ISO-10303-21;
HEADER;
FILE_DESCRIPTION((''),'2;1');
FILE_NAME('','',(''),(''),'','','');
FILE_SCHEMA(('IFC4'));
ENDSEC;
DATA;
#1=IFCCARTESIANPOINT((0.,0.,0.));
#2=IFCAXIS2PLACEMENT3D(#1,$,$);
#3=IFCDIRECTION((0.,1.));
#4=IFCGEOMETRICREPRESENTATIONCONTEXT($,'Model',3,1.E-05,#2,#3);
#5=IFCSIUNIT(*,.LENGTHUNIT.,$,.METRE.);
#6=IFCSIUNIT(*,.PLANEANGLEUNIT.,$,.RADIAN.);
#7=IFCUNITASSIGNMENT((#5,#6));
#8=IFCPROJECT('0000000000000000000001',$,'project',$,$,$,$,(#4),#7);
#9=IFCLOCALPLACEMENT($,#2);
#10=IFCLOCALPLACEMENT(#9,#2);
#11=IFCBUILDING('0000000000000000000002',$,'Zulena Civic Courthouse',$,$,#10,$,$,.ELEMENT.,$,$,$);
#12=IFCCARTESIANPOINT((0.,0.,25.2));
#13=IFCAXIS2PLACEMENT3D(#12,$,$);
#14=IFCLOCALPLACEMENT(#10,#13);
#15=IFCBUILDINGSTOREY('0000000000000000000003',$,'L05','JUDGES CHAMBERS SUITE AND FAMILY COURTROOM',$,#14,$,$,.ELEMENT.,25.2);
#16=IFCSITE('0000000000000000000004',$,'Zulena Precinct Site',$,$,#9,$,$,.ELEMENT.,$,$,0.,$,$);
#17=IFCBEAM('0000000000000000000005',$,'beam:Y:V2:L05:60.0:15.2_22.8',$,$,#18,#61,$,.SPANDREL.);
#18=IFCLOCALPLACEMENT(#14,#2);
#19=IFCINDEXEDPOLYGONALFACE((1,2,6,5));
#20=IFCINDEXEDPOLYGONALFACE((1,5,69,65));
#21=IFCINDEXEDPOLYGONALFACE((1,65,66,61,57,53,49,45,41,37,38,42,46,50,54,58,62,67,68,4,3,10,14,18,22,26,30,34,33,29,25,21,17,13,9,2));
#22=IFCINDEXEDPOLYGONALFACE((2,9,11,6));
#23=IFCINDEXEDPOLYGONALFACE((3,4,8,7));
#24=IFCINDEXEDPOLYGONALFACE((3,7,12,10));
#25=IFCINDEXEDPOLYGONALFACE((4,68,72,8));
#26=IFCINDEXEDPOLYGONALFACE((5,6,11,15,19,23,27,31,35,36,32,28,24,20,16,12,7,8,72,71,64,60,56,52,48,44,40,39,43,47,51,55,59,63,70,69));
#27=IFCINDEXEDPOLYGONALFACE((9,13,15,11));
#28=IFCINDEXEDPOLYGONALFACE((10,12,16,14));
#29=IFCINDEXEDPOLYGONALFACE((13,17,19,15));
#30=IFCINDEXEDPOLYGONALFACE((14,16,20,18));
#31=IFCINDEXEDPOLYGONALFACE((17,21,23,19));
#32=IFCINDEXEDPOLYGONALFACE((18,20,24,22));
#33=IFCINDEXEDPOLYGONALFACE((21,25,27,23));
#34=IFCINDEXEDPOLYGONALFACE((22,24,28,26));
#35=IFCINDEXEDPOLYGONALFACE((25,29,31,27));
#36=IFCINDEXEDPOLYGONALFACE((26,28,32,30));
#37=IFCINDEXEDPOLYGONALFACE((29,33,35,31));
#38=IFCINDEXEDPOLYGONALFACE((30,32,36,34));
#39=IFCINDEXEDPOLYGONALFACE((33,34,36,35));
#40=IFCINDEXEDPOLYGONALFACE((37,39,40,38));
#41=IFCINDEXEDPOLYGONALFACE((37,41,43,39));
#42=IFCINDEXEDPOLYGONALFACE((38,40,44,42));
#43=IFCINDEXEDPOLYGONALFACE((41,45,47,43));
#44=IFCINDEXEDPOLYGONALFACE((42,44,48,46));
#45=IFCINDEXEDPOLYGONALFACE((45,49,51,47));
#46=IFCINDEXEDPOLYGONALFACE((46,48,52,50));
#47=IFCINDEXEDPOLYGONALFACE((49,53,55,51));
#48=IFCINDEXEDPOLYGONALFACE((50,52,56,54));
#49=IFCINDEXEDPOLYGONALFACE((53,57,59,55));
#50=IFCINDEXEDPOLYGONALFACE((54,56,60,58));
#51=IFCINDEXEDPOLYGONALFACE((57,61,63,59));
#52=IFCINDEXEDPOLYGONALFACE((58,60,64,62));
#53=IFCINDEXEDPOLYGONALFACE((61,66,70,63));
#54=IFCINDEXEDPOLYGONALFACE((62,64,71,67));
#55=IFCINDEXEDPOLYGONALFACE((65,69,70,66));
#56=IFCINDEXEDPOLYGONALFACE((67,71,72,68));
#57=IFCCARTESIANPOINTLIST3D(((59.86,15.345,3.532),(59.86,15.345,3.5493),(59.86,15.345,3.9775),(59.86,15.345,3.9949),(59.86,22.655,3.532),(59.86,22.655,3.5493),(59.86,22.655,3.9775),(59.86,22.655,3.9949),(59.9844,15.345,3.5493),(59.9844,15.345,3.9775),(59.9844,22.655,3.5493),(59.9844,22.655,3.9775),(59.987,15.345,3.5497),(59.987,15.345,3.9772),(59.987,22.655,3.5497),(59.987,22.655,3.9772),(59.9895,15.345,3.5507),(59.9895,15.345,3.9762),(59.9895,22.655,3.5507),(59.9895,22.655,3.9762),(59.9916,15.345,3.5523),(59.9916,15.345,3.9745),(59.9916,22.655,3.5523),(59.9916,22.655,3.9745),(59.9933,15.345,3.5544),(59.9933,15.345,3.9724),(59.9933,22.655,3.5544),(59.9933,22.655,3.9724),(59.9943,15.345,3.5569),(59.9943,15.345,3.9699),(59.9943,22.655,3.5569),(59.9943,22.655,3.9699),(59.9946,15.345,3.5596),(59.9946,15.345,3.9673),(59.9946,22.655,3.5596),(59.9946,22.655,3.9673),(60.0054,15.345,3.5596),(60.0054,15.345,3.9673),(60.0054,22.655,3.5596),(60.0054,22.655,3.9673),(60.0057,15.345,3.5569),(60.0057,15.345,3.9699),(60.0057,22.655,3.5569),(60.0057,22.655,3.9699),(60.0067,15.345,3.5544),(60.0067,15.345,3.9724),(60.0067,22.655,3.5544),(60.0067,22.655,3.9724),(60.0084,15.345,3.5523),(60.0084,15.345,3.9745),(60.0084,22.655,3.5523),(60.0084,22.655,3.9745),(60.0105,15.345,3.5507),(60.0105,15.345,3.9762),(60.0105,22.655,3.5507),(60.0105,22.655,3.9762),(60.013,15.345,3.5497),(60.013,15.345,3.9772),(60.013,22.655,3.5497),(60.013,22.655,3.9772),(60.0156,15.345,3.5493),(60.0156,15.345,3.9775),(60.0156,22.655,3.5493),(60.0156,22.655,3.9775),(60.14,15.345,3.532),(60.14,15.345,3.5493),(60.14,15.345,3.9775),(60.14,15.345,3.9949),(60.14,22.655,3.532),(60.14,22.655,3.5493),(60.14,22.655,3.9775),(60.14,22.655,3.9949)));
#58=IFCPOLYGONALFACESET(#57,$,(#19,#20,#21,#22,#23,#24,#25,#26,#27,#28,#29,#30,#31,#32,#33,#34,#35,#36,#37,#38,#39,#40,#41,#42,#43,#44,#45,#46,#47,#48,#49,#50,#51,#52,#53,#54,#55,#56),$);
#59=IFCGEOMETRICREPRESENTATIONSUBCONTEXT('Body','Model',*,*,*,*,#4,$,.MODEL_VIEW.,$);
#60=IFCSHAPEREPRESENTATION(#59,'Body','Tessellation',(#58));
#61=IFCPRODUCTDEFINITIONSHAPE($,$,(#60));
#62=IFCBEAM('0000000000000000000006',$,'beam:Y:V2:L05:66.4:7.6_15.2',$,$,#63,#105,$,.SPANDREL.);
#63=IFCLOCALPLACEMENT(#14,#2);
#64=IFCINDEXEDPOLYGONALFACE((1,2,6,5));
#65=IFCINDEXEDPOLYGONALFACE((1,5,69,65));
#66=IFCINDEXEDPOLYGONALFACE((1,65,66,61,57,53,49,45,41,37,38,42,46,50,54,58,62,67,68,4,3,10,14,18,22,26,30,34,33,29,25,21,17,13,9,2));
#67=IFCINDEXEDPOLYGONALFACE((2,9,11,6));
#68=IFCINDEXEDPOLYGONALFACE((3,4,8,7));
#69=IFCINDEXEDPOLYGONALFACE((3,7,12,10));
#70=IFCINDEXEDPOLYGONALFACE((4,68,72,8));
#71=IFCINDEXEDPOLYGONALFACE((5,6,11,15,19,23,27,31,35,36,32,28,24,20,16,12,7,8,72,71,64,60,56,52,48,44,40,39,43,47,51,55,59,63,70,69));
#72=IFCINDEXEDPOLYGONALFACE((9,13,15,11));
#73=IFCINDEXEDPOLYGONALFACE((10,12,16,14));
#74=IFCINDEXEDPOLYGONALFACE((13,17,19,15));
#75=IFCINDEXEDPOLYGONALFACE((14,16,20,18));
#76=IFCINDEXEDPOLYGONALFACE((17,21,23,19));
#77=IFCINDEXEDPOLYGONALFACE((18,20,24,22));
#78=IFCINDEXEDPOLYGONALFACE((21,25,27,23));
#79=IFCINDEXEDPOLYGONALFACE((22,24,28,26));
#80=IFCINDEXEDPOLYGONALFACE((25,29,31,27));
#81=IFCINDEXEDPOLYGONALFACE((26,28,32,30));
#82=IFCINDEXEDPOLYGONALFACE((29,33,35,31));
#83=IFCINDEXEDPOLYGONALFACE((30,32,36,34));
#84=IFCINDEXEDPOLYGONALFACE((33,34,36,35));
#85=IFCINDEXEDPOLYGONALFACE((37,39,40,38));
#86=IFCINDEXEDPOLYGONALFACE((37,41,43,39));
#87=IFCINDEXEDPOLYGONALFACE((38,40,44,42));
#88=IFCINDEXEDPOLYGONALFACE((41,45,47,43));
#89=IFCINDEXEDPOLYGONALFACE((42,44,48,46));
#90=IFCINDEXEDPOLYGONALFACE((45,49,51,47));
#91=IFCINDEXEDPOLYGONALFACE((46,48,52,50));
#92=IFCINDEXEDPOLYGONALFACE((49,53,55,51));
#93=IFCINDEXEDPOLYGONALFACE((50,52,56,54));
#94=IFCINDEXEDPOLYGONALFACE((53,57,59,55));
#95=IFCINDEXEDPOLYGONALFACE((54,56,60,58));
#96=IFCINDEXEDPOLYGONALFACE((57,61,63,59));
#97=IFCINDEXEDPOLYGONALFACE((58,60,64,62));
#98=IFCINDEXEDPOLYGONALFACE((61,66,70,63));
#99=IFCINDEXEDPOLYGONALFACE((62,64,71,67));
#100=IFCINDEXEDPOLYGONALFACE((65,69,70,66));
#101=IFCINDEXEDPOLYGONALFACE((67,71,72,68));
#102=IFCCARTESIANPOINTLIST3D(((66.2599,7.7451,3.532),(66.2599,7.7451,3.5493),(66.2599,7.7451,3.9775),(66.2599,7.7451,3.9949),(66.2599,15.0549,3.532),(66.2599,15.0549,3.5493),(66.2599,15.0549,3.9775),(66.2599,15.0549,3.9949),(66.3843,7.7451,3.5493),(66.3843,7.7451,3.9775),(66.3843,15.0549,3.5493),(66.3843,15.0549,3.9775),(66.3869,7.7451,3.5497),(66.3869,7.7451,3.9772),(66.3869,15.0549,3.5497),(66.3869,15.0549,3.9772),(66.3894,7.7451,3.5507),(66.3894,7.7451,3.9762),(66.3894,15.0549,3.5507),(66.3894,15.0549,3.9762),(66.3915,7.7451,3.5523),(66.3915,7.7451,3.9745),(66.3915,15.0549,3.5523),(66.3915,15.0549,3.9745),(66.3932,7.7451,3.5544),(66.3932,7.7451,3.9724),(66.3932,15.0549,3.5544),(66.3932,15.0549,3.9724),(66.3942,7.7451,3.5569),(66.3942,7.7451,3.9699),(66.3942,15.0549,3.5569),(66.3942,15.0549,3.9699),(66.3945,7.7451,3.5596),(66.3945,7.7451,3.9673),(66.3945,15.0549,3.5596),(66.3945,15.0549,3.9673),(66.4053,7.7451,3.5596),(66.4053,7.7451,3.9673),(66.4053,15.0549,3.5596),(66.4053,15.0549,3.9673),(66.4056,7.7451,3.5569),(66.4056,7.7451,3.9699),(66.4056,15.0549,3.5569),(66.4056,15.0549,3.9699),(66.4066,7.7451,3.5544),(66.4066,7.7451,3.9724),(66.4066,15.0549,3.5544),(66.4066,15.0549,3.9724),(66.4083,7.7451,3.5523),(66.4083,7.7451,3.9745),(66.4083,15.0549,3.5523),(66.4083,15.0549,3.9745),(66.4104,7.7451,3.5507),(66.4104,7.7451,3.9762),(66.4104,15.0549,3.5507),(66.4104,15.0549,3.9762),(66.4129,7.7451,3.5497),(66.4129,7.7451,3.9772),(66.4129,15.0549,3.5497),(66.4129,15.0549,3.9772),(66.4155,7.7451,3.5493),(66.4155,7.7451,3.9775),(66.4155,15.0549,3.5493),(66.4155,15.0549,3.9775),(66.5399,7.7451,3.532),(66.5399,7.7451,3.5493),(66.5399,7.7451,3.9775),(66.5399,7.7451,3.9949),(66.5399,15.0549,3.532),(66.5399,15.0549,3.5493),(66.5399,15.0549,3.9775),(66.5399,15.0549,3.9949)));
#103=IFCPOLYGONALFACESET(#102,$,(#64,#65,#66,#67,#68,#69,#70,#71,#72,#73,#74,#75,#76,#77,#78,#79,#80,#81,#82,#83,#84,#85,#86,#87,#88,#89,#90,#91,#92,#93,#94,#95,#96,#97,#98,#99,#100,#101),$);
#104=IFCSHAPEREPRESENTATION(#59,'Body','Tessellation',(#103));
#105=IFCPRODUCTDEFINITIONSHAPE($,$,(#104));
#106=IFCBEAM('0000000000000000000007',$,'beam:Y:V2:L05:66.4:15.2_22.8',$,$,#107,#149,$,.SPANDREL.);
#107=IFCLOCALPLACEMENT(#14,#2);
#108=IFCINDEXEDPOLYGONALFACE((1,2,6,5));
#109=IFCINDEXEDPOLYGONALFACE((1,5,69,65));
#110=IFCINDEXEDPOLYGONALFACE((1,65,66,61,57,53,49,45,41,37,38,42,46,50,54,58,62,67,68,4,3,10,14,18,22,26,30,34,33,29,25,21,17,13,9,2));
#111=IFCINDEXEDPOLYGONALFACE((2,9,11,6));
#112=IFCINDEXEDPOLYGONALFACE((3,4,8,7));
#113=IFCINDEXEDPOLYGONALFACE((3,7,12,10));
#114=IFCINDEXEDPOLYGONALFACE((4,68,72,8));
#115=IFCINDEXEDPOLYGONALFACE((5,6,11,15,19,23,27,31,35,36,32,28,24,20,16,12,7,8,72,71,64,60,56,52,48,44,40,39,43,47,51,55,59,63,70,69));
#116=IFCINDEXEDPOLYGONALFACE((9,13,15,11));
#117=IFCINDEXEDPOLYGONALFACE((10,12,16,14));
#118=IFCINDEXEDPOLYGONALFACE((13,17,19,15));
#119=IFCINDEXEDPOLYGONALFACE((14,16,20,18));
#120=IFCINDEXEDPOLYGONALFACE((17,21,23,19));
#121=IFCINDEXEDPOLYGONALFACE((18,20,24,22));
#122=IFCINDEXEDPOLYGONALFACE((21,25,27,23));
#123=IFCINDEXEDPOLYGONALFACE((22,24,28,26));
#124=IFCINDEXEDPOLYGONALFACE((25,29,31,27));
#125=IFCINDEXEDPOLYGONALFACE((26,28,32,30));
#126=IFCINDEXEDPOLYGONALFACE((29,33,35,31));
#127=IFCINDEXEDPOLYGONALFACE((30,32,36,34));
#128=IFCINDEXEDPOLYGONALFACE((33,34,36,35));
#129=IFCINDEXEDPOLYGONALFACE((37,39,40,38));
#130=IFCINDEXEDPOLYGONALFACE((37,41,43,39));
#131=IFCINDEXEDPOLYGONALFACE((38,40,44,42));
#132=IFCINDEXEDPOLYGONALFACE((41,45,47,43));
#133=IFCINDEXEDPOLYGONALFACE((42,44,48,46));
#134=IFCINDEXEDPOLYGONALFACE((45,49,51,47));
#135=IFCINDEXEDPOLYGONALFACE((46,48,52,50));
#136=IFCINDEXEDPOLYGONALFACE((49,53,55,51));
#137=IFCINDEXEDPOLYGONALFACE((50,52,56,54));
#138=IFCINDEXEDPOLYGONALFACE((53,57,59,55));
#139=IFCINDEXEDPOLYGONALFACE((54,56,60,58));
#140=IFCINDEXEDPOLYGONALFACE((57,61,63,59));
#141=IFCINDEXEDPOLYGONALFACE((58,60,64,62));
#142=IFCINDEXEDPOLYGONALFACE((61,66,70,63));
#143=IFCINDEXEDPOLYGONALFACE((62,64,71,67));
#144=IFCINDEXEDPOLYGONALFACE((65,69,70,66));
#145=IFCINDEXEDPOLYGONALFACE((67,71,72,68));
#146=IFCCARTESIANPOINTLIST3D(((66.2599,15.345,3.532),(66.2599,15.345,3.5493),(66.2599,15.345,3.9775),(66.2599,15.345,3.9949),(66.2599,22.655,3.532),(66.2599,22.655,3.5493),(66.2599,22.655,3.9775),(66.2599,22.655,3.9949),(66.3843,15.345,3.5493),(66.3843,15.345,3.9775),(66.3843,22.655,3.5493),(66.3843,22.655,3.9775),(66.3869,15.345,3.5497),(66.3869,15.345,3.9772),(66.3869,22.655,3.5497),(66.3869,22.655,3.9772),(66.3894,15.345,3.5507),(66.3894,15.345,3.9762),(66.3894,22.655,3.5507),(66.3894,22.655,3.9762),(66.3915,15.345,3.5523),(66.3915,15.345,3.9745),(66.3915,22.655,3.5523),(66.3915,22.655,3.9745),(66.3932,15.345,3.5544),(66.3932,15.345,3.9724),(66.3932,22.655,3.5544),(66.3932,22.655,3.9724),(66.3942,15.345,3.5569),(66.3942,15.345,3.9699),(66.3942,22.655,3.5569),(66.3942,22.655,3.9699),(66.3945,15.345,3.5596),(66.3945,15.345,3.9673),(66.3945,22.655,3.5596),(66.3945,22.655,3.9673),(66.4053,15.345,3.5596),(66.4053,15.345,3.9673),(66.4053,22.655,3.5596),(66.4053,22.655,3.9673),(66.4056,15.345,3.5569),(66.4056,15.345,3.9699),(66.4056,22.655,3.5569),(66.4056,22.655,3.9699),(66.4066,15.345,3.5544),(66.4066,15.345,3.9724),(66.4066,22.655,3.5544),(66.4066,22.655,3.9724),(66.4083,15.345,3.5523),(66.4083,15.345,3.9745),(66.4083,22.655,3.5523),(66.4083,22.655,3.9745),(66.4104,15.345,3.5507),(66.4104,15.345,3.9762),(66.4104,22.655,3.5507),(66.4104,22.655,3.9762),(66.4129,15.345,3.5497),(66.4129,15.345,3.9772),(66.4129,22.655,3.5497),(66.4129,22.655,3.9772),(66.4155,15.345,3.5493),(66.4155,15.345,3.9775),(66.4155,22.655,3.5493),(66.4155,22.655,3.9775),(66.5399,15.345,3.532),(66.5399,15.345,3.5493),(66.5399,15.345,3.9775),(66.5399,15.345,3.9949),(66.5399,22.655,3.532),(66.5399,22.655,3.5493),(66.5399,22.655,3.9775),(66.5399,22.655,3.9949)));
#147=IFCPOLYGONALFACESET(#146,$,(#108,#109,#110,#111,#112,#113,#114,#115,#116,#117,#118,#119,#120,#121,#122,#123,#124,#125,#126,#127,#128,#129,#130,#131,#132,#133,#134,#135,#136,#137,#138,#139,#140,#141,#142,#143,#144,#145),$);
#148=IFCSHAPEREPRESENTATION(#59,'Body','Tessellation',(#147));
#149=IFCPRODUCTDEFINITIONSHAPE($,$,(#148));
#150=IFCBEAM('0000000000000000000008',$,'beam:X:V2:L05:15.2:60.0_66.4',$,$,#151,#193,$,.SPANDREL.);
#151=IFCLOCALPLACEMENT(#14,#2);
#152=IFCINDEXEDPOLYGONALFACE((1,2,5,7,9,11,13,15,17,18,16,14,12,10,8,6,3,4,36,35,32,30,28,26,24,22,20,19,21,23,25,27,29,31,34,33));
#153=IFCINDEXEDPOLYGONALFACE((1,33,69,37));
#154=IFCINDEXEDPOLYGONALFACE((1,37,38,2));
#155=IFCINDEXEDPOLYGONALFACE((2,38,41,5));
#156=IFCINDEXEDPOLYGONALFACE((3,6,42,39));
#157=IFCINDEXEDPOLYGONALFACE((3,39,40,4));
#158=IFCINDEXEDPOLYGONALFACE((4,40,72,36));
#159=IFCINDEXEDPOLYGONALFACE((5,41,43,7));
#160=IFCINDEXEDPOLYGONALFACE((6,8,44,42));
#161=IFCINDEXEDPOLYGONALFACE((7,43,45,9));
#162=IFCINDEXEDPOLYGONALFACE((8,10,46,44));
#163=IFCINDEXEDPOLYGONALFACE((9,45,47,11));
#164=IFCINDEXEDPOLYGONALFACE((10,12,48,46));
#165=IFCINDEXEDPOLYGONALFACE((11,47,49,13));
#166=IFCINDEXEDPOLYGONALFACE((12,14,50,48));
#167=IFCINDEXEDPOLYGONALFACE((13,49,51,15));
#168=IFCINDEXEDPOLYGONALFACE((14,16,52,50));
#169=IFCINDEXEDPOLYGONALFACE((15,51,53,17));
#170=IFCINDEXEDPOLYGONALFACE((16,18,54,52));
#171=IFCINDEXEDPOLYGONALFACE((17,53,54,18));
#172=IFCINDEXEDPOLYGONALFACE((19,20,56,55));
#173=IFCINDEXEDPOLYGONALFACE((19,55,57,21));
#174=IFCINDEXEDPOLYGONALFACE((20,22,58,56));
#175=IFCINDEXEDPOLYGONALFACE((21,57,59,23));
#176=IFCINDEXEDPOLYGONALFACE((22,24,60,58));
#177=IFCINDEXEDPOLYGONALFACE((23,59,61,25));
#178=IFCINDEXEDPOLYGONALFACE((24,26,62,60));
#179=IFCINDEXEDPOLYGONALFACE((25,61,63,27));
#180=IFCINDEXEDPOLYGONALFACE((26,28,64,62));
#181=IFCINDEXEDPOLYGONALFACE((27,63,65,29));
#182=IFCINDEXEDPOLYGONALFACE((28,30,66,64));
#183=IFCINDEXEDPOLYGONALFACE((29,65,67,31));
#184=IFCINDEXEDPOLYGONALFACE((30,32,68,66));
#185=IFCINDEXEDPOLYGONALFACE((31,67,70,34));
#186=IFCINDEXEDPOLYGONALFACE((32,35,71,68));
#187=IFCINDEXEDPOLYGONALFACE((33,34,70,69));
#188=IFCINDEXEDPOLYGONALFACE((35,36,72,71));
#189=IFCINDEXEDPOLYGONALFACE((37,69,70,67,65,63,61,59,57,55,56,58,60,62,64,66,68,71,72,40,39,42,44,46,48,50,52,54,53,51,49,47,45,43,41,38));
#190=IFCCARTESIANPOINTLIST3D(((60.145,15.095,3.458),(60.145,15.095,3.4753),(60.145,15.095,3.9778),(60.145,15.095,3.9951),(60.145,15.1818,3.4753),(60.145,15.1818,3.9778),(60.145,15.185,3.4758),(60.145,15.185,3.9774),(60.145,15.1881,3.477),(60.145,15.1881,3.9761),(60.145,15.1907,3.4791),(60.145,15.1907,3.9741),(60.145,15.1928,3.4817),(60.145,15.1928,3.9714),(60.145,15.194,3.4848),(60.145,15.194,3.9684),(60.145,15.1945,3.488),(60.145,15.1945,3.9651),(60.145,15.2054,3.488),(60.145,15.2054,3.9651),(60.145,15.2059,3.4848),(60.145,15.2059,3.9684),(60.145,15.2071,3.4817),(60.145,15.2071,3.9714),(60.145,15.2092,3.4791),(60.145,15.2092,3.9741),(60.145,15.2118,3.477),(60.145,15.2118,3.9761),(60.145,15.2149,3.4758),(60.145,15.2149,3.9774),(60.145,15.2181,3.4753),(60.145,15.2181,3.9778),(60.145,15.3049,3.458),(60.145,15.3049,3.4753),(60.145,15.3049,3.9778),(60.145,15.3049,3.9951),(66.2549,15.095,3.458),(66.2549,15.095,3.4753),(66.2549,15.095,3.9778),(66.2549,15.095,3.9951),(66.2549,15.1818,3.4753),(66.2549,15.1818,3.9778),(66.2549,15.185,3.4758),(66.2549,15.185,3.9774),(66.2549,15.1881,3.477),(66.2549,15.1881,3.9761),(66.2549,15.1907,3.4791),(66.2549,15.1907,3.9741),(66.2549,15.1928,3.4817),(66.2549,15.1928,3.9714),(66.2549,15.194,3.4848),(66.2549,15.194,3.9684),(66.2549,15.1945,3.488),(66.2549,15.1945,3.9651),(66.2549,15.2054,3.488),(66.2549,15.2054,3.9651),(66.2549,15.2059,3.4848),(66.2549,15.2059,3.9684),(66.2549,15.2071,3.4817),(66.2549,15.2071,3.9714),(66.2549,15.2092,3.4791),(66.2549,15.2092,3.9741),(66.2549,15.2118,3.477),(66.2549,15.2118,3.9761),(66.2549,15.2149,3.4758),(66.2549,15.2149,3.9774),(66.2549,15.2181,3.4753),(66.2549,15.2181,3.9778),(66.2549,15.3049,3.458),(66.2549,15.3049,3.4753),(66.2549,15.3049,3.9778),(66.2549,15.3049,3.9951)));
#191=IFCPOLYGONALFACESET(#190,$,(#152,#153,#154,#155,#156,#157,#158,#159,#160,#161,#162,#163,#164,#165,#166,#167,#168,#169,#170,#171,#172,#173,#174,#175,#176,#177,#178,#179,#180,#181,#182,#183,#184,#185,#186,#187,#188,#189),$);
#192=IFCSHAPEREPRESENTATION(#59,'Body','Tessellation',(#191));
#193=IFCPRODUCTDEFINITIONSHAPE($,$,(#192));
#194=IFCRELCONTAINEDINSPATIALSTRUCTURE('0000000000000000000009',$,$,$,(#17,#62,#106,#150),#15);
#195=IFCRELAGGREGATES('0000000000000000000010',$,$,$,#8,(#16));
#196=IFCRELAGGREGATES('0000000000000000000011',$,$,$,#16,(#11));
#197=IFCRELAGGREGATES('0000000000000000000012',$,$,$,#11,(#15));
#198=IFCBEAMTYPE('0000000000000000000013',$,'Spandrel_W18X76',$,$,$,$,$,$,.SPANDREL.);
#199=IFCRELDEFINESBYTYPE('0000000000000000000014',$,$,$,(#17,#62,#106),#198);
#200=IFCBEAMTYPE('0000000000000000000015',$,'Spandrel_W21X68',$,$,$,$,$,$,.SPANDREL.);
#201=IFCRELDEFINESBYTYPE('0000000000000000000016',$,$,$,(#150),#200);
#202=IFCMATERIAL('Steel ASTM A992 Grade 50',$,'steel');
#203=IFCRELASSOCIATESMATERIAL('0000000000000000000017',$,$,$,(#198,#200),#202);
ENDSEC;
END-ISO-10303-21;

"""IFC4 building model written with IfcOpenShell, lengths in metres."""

from ifc_helpers import new_model, si_unit, direction, frame, origin, origin_2d, place, context, subcontext, project, spatial, i_section, extrude, material, material_profile, profile_set, type_object, element, save


model = new_model("IFC4")

# Units and contexts
model_context = context("Model", 3, precision=1e-05, world=origin(), true_north=direction((0.0, 1.0)))
body_context = subcontext(model_context, "Body", "Model", "MODEL_VIEW")
ifc_project = project(units=[si_unit("LENGTHUNIT", "METRE"), si_unit("PLANEANGLEUNIT", "RADIAN")], contexts=[model_context])

# Site, building, storey
site_placement = place(None, origin())
site = spatial("IfcSite", under=ifc_project, at=site_placement, Name="Zulena Precinct Site", CompositionType="ELEMENT", RefElevation=0.0)
building_placement = place(site_placement, origin())
building = spatial("IfcBuilding", under=site, at=building_placement, Name="Zulena Civic Courthouse", CompositionType="ELEMENT")
storey_placement = place(building_placement, frame((0.0, 0.0, 25.2)))
storey = spatial("IfcBuildingStorey", under=building, at=storey_placement, Name="L05", Description="JUDGES CHAMBERS SUITE AND FAMILY COURTROOM", CompositionType="ELEMENT", Elevation=25.2)

# Shared definitions
ifc_material_1 = material(Name="Steel ASTM A992 Grade 50", Category="steel")

# Beams
ifc_material_profile_1 = material_profile(ifc_material_1, i_section(OverallWidth=0.28, OverallDepth=0.4629, WebThickness=0.0107, FlangeThickness=0.0173, FilletRadius=0.0103, at=origin_2d()), Name="W18X76")
ifc_profile_set_1 = profile_set([ifc_material_profile_1], Name="Steel ASTM A992 Grade 50")
beam_type_1 = type_object("IfcBeamType", Name="Spandrel_W18X76", PredefinedType="SPANDREL", material=ifc_profile_set_1)
beam_1_placement = place(storey_placement, frame((60.0, 15.345, 3.7634), z_axis=(0.0, 1.0, 0.0), x_axis=(-1.0, 0.0, 0.0)))
element("IfcBeam", 1, at=beam_1_placement, inside=storey, type_object=beam_type_1, Name="beam:Y:V2:L05:60.0:15.2_22.8", PredefinedType="SPANDREL", context=body_context, shape_type="SweptSolid", body=[
    extrude(i_section(OverallWidth=0.28, OverallDepth=0.4629, WebThickness=0.0107, FlangeThickness=0.0173, FilletRadius=0.0103, at=origin_2d()), origin(), (0.0, 0.0, 1.0), 7.3101),
])
beam_2_placement = place(storey_placement, frame((66.3999, 7.7451, 3.7634), z_axis=(0.0, 1.0, 0.0), x_axis=(-1.0, 0.0, 0.0)))
element("IfcBeam", 2, at=beam_2_placement, inside=storey, type_object=beam_type_1, Name="beam:Y:V2:L05:66.4:7.6_15.2", PredefinedType="SPANDREL", context=body_context, shape_type="SweptSolid", body=[
    extrude(i_section(OverallWidth=0.28, OverallDepth=0.4629, WebThickness=0.0107, FlangeThickness=0.0173, FilletRadius=0.0103, at=origin_2d()), origin(), (0.0, 0.0, 1.0), 7.3098),
])
beam_3_placement = place(storey_placement, frame((66.3999, 15.345, 3.7634), z_axis=(0.0, 1.0, 0.0), x_axis=(-1.0, 0.0, 0.0)))
element("IfcBeam", 3, at=beam_3_placement, inside=storey, type_object=beam_type_1, Name="beam:Y:V2:L05:66.4:15.2_22.8", PredefinedType="SPANDREL", context=body_context, shape_type="SweptSolid", body=[
    extrude(i_section(OverallWidth=0.28, OverallDepth=0.4629, WebThickness=0.0107, FlangeThickness=0.0173, FilletRadius=0.0103, at=origin_2d()), origin(), (0.0, 0.0, 1.0), 7.3101),
])
ifc_material_profile_2 = material_profile(ifc_material_1, i_section(OverallWidth=0.21, OverallDepth=0.5371, WebThickness=0.011, FlangeThickness=0.0173, FilletRadius=0.0127, at=origin_2d()), Name="W21X68")
ifc_profile_set_2 = profile_set([ifc_material_profile_2], Name="Steel ASTM A992 Grade 50")
beam_type_2 = type_object("IfcBeamType", Name="Spandrel_W21X68", PredefinedType="SPANDREL", material=ifc_profile_set_2)
beam_4_placement = place(storey_placement, frame((60.145, 15.2, 3.7266), z_axis=(1.0, 0.0, 0.0), x_axis=(0.0, 1.0, 0.0)))
element("IfcBeam", 4, at=beam_4_placement, inside=storey, type_object=beam_type_2, Name="beam:X:V2:L05:15.2:60.0_66.4", PredefinedType="SPANDREL", context=body_context, shape_type="SweptSolid", body=[
    extrude(i_section(OverallWidth=0.21, OverallDepth=0.5371, WebThickness=0.011, FlangeThickness=0.0173, FilletRadius=0.0127, at=origin_2d()), origin(), (0.0, 0.0, 1.0), 6.1099),
])

save(model, "model.ifc")
